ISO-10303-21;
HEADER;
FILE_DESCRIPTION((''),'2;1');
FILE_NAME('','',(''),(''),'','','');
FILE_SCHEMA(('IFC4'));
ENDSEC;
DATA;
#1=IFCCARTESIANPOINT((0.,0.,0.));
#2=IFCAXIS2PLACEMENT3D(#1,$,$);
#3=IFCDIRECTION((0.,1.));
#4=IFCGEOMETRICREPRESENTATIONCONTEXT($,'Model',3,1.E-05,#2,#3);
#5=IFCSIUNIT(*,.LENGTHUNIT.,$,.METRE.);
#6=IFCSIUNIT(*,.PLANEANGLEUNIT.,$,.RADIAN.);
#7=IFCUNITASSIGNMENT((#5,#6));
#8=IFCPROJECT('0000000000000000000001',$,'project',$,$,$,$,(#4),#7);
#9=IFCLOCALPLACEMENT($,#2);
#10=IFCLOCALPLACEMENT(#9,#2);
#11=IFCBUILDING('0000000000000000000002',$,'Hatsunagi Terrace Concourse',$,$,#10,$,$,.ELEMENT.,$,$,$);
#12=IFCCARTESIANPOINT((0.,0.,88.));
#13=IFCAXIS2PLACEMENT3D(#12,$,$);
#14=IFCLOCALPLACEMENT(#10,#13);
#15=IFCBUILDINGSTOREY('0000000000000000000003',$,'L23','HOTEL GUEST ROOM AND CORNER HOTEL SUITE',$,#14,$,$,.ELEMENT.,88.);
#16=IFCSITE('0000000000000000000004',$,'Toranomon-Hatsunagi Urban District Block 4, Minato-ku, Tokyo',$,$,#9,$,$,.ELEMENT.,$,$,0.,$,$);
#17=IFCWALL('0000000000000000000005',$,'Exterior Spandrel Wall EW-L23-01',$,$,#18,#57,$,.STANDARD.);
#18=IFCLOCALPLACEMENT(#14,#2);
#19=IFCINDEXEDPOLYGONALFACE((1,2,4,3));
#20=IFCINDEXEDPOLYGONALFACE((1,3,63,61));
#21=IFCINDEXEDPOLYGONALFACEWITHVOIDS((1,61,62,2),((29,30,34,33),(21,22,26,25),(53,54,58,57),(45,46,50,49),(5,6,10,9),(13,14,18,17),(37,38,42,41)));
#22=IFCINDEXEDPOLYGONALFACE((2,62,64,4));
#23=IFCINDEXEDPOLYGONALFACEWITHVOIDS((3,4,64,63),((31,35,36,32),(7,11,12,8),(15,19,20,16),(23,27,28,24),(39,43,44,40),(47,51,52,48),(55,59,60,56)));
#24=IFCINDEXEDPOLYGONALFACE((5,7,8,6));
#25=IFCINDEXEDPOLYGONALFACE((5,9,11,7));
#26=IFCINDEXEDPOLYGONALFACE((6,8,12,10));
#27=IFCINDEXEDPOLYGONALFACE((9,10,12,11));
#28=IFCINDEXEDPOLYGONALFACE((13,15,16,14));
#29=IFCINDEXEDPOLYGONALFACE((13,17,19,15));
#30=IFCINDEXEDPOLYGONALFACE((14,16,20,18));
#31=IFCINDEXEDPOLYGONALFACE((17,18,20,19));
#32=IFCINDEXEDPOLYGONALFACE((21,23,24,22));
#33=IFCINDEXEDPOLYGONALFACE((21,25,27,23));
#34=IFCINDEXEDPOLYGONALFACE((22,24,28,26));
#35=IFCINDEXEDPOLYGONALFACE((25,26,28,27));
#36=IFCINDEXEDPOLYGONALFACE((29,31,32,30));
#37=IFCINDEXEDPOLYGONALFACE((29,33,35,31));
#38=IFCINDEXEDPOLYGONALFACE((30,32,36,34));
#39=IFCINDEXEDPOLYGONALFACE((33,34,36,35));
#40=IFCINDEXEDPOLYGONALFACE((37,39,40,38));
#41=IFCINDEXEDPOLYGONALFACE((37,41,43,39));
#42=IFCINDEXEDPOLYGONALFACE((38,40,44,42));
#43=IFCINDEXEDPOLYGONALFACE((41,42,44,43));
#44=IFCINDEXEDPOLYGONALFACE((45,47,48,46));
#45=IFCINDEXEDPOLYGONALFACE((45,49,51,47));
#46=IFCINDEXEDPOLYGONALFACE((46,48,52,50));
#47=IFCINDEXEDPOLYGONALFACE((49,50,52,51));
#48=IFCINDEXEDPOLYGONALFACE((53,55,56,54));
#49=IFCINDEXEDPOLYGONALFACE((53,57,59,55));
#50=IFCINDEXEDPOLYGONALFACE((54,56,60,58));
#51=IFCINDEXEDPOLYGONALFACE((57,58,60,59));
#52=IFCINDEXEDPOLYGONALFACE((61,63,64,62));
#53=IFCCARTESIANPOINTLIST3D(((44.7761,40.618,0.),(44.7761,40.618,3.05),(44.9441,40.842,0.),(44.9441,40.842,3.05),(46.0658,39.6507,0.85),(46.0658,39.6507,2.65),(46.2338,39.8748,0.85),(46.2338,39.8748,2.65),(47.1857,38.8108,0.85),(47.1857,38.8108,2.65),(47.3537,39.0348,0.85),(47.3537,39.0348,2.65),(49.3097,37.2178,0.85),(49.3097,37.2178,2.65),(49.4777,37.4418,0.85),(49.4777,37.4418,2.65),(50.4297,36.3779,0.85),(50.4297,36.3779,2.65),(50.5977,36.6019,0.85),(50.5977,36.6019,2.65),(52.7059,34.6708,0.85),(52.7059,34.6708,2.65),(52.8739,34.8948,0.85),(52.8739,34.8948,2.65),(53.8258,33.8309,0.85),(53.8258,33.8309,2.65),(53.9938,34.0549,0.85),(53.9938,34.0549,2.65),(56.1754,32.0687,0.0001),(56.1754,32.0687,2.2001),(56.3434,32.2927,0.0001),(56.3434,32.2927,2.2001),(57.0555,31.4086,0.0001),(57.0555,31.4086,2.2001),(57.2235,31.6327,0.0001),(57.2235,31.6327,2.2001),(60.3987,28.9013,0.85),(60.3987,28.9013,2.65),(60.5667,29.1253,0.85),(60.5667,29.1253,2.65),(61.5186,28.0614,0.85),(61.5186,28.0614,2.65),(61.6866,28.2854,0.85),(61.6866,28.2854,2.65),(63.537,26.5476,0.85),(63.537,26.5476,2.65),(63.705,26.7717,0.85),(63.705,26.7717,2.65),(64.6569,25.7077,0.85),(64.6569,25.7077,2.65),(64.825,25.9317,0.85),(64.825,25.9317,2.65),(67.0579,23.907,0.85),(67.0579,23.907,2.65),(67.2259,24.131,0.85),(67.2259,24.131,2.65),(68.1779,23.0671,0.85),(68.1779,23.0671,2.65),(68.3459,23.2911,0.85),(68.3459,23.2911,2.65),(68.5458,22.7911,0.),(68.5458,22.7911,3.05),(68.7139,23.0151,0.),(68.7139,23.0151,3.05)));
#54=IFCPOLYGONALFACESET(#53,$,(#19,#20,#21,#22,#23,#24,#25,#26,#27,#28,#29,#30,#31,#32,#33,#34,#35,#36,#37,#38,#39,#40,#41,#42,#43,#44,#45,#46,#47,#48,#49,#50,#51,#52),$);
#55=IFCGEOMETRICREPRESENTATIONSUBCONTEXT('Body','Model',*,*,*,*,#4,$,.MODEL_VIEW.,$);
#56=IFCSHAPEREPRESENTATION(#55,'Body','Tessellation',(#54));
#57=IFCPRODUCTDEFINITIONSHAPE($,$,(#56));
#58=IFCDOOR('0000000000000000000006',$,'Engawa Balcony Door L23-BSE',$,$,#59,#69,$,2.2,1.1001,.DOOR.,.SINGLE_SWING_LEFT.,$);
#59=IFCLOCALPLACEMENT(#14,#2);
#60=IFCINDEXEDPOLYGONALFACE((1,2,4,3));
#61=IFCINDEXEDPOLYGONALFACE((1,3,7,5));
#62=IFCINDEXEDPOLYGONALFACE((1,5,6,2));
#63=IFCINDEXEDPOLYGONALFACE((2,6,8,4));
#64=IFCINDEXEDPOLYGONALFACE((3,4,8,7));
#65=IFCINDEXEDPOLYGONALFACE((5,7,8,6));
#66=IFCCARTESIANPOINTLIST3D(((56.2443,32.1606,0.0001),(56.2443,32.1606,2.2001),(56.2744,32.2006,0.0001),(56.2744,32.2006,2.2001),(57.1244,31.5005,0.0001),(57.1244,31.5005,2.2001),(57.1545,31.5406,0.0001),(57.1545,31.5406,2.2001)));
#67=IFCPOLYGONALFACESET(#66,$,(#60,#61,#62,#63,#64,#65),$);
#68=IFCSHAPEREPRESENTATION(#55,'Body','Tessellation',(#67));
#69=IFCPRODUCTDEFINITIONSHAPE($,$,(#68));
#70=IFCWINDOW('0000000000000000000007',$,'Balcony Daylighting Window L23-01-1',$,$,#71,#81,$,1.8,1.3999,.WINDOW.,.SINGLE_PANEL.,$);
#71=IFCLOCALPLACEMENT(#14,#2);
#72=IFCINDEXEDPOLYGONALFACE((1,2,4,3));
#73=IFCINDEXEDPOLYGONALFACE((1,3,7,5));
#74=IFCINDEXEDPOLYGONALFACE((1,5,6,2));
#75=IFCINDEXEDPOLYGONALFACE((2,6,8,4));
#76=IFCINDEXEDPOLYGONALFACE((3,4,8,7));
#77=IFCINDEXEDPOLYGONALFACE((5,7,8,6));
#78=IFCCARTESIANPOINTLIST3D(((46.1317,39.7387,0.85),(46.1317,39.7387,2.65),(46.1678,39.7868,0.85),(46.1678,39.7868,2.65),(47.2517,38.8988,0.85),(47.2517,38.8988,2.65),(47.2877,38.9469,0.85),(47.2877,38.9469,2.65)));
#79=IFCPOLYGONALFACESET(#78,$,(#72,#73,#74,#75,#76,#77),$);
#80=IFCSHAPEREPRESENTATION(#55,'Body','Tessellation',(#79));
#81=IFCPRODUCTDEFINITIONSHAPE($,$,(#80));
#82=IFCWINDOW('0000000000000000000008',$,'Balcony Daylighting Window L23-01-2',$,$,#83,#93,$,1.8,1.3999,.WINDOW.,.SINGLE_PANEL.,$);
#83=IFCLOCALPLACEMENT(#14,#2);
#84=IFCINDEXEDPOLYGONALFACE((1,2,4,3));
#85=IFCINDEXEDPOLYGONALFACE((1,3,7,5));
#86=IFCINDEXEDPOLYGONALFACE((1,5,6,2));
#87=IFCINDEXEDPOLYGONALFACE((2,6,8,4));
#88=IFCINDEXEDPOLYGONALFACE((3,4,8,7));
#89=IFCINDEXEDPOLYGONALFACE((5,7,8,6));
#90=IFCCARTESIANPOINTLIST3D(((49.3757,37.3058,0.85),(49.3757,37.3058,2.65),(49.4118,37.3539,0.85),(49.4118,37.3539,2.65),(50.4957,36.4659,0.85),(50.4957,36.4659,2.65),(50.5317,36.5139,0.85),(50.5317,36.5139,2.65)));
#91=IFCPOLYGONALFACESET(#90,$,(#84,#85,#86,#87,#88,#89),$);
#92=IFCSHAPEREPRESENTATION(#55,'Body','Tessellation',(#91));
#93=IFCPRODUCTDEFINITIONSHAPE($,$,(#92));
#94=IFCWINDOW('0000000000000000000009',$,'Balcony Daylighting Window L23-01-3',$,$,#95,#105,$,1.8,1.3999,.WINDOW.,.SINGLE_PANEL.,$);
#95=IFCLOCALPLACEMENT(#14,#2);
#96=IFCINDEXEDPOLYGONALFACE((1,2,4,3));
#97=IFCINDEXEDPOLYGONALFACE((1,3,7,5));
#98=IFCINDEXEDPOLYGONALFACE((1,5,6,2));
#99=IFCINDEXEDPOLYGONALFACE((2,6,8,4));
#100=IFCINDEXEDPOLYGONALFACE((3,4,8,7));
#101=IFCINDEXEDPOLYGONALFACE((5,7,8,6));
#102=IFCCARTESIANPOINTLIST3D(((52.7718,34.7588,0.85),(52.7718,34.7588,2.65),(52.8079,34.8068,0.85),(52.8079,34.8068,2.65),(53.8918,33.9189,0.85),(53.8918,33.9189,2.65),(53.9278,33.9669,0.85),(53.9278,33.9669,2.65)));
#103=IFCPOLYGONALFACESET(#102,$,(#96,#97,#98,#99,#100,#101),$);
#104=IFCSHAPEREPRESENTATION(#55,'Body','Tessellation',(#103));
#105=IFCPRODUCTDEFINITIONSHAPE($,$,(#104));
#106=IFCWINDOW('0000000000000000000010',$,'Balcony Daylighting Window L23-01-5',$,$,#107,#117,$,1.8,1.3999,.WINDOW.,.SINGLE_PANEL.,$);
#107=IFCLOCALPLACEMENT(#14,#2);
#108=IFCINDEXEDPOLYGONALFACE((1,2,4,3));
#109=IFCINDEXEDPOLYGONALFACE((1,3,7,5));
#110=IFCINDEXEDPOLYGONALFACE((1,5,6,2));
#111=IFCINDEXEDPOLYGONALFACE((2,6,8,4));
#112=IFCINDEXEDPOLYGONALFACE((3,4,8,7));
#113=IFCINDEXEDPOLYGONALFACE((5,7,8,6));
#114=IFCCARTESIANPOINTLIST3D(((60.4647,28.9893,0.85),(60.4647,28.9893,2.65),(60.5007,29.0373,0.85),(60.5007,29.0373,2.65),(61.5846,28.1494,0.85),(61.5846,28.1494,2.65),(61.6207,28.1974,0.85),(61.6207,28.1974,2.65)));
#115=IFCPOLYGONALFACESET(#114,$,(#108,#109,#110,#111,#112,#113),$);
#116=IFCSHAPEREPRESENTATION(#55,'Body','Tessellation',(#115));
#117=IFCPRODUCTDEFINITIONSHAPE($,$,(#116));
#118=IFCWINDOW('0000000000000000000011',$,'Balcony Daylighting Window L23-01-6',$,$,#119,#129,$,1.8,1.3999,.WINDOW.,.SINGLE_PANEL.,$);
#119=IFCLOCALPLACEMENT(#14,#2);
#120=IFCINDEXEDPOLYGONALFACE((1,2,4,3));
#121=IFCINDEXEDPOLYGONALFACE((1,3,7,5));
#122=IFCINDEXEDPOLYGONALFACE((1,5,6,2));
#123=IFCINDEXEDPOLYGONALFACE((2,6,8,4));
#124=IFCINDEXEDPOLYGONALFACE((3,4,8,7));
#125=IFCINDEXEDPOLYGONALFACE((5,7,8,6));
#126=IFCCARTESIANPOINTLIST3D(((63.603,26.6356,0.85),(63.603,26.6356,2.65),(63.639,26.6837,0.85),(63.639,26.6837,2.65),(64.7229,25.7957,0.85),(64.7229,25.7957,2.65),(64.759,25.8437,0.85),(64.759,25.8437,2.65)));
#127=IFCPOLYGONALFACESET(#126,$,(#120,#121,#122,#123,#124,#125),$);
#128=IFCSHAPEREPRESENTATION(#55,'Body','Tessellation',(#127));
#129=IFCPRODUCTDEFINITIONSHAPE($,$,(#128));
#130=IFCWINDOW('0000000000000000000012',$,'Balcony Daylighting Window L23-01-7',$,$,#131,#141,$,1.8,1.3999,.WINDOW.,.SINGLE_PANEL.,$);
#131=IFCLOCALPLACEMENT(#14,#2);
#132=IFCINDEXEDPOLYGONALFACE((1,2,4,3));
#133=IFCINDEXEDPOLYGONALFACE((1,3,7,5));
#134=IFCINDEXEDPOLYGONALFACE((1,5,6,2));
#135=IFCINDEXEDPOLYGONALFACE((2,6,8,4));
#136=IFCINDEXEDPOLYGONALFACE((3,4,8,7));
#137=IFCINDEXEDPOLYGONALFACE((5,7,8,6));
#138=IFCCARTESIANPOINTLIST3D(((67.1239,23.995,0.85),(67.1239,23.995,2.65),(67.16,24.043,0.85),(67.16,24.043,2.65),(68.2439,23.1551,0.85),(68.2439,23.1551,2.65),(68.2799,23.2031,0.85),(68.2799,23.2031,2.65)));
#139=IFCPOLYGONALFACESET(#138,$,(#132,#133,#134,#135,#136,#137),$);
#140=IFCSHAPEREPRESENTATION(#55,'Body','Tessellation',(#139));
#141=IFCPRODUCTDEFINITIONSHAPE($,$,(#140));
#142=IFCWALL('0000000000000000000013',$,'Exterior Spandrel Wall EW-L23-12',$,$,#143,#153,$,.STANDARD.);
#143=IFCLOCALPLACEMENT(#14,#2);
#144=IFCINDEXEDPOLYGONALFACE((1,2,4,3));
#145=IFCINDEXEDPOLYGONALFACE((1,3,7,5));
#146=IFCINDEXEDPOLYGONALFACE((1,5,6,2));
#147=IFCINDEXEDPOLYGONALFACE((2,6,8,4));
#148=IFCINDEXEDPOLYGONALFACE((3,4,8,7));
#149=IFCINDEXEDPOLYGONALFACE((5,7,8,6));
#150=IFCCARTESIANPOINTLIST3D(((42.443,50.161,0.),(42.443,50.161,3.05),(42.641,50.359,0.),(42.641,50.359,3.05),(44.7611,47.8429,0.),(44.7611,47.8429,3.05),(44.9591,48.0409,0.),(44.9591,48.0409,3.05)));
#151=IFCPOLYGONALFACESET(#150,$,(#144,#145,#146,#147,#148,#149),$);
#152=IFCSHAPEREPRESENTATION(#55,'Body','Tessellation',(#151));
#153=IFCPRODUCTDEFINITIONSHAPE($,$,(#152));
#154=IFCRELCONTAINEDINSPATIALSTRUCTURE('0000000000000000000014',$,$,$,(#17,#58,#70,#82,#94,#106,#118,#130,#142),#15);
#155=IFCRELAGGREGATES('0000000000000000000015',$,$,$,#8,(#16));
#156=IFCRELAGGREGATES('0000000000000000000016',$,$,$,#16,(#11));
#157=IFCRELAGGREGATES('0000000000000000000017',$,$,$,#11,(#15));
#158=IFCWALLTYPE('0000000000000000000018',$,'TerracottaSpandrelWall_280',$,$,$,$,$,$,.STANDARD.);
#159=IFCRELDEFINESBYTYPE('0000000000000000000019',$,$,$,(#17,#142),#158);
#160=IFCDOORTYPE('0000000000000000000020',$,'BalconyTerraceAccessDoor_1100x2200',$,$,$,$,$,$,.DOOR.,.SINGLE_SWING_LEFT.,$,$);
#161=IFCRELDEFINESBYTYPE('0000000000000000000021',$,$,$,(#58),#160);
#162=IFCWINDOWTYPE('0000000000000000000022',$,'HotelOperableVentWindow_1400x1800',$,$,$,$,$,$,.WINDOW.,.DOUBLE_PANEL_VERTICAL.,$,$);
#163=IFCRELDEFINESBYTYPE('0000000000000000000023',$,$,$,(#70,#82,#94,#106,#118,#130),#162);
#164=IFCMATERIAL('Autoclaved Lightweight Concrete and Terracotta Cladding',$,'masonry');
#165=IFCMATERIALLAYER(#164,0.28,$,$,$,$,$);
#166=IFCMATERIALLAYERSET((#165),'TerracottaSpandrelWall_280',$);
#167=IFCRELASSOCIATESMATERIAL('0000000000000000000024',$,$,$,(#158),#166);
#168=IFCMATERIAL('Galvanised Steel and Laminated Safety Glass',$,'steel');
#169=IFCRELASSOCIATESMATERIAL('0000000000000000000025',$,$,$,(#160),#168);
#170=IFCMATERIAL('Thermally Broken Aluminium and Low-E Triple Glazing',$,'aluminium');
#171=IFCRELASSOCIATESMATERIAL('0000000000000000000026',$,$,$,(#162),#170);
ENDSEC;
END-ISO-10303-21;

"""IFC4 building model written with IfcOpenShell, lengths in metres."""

from ifc_helpers import new_model, si_unit, direction, frame, frame_2d, origin, place, context, subcontext, project, spatial, rectangle, extrude, material, layer, layer_set, type_object, element, fill, save


model = new_model("IFC4")

# Units and contexts
model_context = context("Model", 3, precision=1e-05, world=origin(), true_north=direction((0.0, 1.0)))
body_context = subcontext(model_context, "Body", "Model", "MODEL_VIEW")
ifc_project = project(units=[si_unit("LENGTHUNIT", "METRE"), si_unit("PLANEANGLEUNIT", "RADIAN")], contexts=[model_context])

# Site, building, storey
site_placement = place(None, origin())
site = spatial("IfcSite", under=ifc_project, at=site_placement, Name="Toranomon-Hatsunagi Urban District Block 4, Minato-ku, Tokyo", CompositionType="ELEMENT", RefElevation=0.0)
building_placement = place(site_placement, origin())
building = spatial("IfcBuilding", under=site, at=building_placement, Name="Hatsunagi Terrace Concourse", CompositionType="ELEMENT")
storey_placement = place(building_placement, frame((0.0, 0.0, 88.0)))
storey = spatial("IfcBuildingStorey", under=building, at=storey_placement, Name="L23", Description="HOTEL GUEST ROOM AND CORNER HOTEL SUITE", CompositionType="ELEMENT", Elevation=88.0)

# Wall, openings, door, windows
ifc_material_1 = material(Name="Autoclaved Lightweight Concrete and Terracotta Cladding", Category="masonry")
ifc_layer_1 = layer(ifc_material_1, 0.28)
ifc_layer_set_1 = layer_set([ifc_layer_1], Name="TerracottaSpandrelWall_280")
wall_type_1 = type_object("IfcWallType", Name="TerracottaSpandrelWall_280", PredefinedType="STANDARD", material=ifc_layer_set_1)
wall_1_placement = place(storey_placement, frame((44.8601, 40.73, 0.0), z_axis=(0.0, 0.0, 1.0), x_axis=(0.800007, -0.599991, 0.0)))
wall_1 = element("IfcWall", 1, at=wall_1_placement, inside=storey, type_object=wall_type_1, Name="Exterior Spandrel Wall EW-L23-01", PredefinedType="STANDARD", context=body_context, shape_type="SweptSolid", body=[
    extrude(rectangle(XDim=29.7119, YDim=0.28, at=frame_2d((14.856, 0.0))), origin(), (0.0, 0.0, 1.0), 3.05),
])
opening_1_placement = place(wall_1_placement, frame((14.249, 0.0, 0.0)))
opening_1 = element("IfcOpeningElement", 2, at=opening_1_placement, cuts=wall_1, PredefinedType="OPENING", context=body_context, shape_type="SweptSolid", body=[
    extrude(rectangle(XDim=1.1001, YDim=2.2, at=frame_2d((0.55, 1.1001))), frame((0.0, 0.1499, 0.0), z_axis=(0.0, -1.0, 0.0), x_axis=(1.0, 0.0, 0.0)), (0.0, 0.0, 1.0), 0.3),
])
opening_2_placement = place(wall_1_placement, frame((1.6121, 0.0, 0.8501)))
opening_2 = element("IfcOpeningElement", 3, at=opening_2_placement, cuts=wall_1, PredefinedType="OPENING", context=body_context, shape_type="SweptSolid", body=[
    extrude(rectangle(XDim=1.3999, YDim=1.8, at=frame_2d((0.7, 0.8999))), frame((0.0, 0.1499, 0.0), z_axis=(0.0, -1.0, 0.0), x_axis=(1.0, 0.0, 0.0)), (0.0, 0.0, 1.0), 0.3),
])
opening_3_placement = place(wall_1_placement, frame((5.667, 0.0, 0.8501)))
opening_3 = element("IfcOpeningElement", 4, at=opening_3_placement, cuts=wall_1, PredefinedType="OPENING", context=body_context, shape_type="SweptSolid", body=[
    extrude(rectangle(XDim=1.3999, YDim=1.8, at=frame_2d((0.7, 0.8999))), frame((0.0, 0.1499, 0.0), z_axis=(0.0, -1.0, 0.0), x_axis=(1.0, 0.0, 0.0)), (0.0, 0.0, 1.0), 0.3),
])
opening_4_placement = place(wall_1_placement, frame((9.9121, 0.0, 0.8501)))
opening_4 = element("IfcOpeningElement", 5, at=opening_4_placement, cuts=wall_1, PredefinedType="OPENING", context=body_context, shape_type="SweptSolid", body=[
    extrude(rectangle(XDim=1.3999, YDim=1.8, at=frame_2d((0.7, 0.8999))), frame((0.0, 0.1499, 0.0), z_axis=(0.0, -1.0, 0.0), x_axis=(1.0, 0.0, 0.0)), (0.0, 0.0, 1.0), 0.3),
])
opening_5_placement = place(wall_1_placement, frame((19.5281, 0.0, 0.8501)))
opening_5 = element("IfcOpeningElement", 6, at=opening_5_placement, cuts=wall_1, PredefinedType="OPENING", context=body_context, shape_type="SweptSolid", body=[
    extrude(rectangle(XDim=1.3999, YDim=1.8, at=frame_2d((0.7, 0.8999))), frame((0.0, 0.1499, 0.0), z_axis=(0.0, -1.0, 0.0), x_axis=(1.0, 0.0, 0.0)), (0.0, 0.0, 1.0), 0.3),
])
opening_6_placement = place(wall_1_placement, frame((23.4509, 0.0, 0.8501)))
opening_6 = element("IfcOpeningElement", 7, at=opening_6_placement, cuts=wall_1, PredefinedType="OPENING", context=body_context, shape_type="SweptSolid", body=[
    extrude(rectangle(XDim=1.3999, YDim=1.8, at=frame_2d((0.7, 0.8999))), frame((0.0, 0.1499, 0.0), z_axis=(0.0, -1.0, 0.0), x_axis=(1.0, 0.0, 0.0)), (0.0, 0.0, 1.0), 0.3),
])
opening_7_placement = place(wall_1_placement, frame((27.8521, 0.0, 0.8501)))
opening_7 = element("IfcOpeningElement", 8, at=opening_7_placement, cuts=wall_1, PredefinedType="OPENING", context=body_context, shape_type="SweptSolid", body=[
    extrude(rectangle(XDim=1.3999, YDim=1.8, at=frame_2d((0.7, 0.8999))), frame((0.0, 0.1499, 0.0), z_axis=(0.0, -1.0, 0.0), x_axis=(1.0, 0.0, 0.0)), (0.0, 0.0, 1.0), 0.3),
])
ifc_material_2 = material(Name="Galvanised Steel and Laminated Safety Glass", Category="steel")
door_type = type_object("IfcDoorType", Name="BalconyTerraceAccessDoor_1100x2200", OperationType="SINGLE_SWING_LEFT", PredefinedType="DOOR", material=ifc_material_2)
door_placement = place(opening_1_placement, origin())
door = element("IfcDoor", 9, at=door_placement, inside=storey, type_object=door_type, Name="Engawa Balcony Door L23-BSE", OperationType="SINGLE_SWING_LEFT", OverallHeight=2.2, OverallWidth=1.1001, PredefinedType="DOOR", context=body_context, shape_type="SweptSolid", body=[
    extrude(rectangle(XDim=1.1001, YDim=2.2, at=frame_2d((0.55, 1.1001))), frame((0.0, 0.0249, 0.0), z_axis=(0.0, -1.0, 0.0), x_axis=(1.0, 0.0, 0.0)), (0.0, 0.0, 1.0), 0.05),
])
fill(opening_1, door)
ifc_material_3 = material(Name="Thermally Broken Aluminium and Low-E Triple Glazing", Category="aluminium")
window_type = type_object("IfcWindowType", Name="HotelOperableVentWindow_1400x1800", PartitioningType="DOUBLE_PANEL_VERTICAL", PredefinedType="WINDOW", material=ifc_material_3)
window_1_placement = place(opening_2_placement, origin())
window_1 = element("IfcWindow", 10, at=window_1_placement, inside=storey, type_object=window_type, Name="Balcony Daylighting Window L23-01-1", OverallHeight=1.8, OverallWidth=1.3999, PartitioningType="SINGLE_PANEL", PredefinedType="WINDOW", context=body_context, shape_type="SweptSolid", body=[
    extrude(rectangle(XDim=1.3999, YDim=1.8, at=frame_2d((0.7, 0.8999))), frame((0.0, 0.03, 0.0), z_axis=(0.0, -1.0, 0.0), x_axis=(1.0, 0.0, 0.0)), (0.0, 0.0, 1.0), 0.0601),
])
fill(opening_2, window_1)
window_2_placement = place(opening_3_placement, origin())
window_2 = element("IfcWindow", 11, at=window_2_placement, inside=storey, type_object=window_type, Name="Balcony Daylighting Window L23-01-2", OverallHeight=1.8, OverallWidth=1.3999, PartitioningType="SINGLE_PANEL", PredefinedType="WINDOW", context=body_context, shape_type="SweptSolid", body=[
    extrude(rectangle(XDim=1.3999, YDim=1.8, at=frame_2d((0.7, 0.8999))), frame((0.0, 0.03, 0.0), z_axis=(0.0, -1.0, 0.0), x_axis=(1.0, 0.0, 0.0)), (0.0, 0.0, 1.0), 0.0601),
])
fill(opening_3, window_2)
window_3_placement = place(opening_4_placement, origin())
window_3 = element("IfcWindow", 12, at=window_3_placement, inside=storey, type_object=window_type, Name="Balcony Daylighting Window L23-01-3", OverallHeight=1.8, OverallWidth=1.3999, PartitioningType="SINGLE_PANEL", PredefinedType="WINDOW", context=body_context, shape_type="SweptSolid", body=[
    extrude(rectangle(XDim=1.3999, YDim=1.8, at=frame_2d((0.7, 0.8999))), frame((0.0, 0.03, 0.0), z_axis=(0.0, -1.0, 0.0), x_axis=(1.0, 0.0, 0.0)), (0.0, 0.0, 1.0), 0.0601),
])
fill(opening_4, window_3)
window_4_placement = place(opening_5_placement, origin())
window_4 = element("IfcWindow", 13, at=window_4_placement, inside=storey, type_object=window_type, Name="Balcony Daylighting Window L23-01-5", OverallHeight=1.8, OverallWidth=1.3999, PartitioningType="SINGLE_PANEL", PredefinedType="WINDOW", context=body_context, shape_type="SweptSolid", body=[
    extrude(rectangle(XDim=1.3999, YDim=1.8, at=frame_2d((0.7, 0.8999))), frame((0.0, 0.03, 0.0), z_axis=(0.0, -1.0, 0.0), x_axis=(1.0, 0.0, 0.0)), (0.0, 0.0, 1.0), 0.0601),
])
fill(opening_5, window_4)
window_5_placement = place(opening_6_placement, origin())
window_5 = element("IfcWindow", 14, at=window_5_placement, inside=storey, type_object=window_type, Name="Balcony Daylighting Window L23-01-6", OverallHeight=1.8, OverallWidth=1.3999, PartitioningType="SINGLE_PANEL", PredefinedType="WINDOW", context=body_context, shape_type="SweptSolid", body=[
    extrude(rectangle(XDim=1.3999, YDim=1.8, at=frame_2d((0.7, 0.8999))), frame((0.0, 0.03, 0.0), z_axis=(0.0, -1.0, 0.0), x_axis=(1.0, 0.0, 0.0)), (0.0, 0.0, 1.0), 0.0601),
])
fill(opening_6, window_5)
window_6_placement = place(opening_7_placement, origin())
window_6 = element("IfcWindow", 15, at=window_6_placement, inside=storey, type_object=window_type, Name="Balcony Daylighting Window L23-01-7", OverallHeight=1.8, OverallWidth=1.3999, PartitioningType="SINGLE_PANEL", PredefinedType="WINDOW", context=body_context, shape_type="SweptSolid", body=[
    extrude(rectangle(XDim=1.3999, YDim=1.8, at=frame_2d((0.7, 0.8999))), frame((0.0, 0.03, 0.0), z_axis=(0.0, -1.0, 0.0), x_axis=(1.0, 0.0, 0.0)), (0.0, 0.0, 1.0), 0.0601),
])
fill(opening_7, window_6)

# Wall
wall_2_placement = place(storey_placement, frame((42.542, 50.26, 0.0), z_axis=(0.0, 0.0, 1.0), x_axis=(0.707107, -0.707107, 0.0)))
element("IfcWall", 16, at=wall_2_placement, inside=storey, type_object=wall_type_1, Name="Exterior Spandrel Wall EW-L23-12", PredefinedType="STANDARD", context=body_context, shape_type="SweptSolid", body=[
    extrude(rectangle(XDim=3.2783, YDim=0.28, at=frame_2d((1.6392, 0.0))), origin(), (0.0, 0.0, 1.0), 3.05),
])

save(model, "model.ifc")
